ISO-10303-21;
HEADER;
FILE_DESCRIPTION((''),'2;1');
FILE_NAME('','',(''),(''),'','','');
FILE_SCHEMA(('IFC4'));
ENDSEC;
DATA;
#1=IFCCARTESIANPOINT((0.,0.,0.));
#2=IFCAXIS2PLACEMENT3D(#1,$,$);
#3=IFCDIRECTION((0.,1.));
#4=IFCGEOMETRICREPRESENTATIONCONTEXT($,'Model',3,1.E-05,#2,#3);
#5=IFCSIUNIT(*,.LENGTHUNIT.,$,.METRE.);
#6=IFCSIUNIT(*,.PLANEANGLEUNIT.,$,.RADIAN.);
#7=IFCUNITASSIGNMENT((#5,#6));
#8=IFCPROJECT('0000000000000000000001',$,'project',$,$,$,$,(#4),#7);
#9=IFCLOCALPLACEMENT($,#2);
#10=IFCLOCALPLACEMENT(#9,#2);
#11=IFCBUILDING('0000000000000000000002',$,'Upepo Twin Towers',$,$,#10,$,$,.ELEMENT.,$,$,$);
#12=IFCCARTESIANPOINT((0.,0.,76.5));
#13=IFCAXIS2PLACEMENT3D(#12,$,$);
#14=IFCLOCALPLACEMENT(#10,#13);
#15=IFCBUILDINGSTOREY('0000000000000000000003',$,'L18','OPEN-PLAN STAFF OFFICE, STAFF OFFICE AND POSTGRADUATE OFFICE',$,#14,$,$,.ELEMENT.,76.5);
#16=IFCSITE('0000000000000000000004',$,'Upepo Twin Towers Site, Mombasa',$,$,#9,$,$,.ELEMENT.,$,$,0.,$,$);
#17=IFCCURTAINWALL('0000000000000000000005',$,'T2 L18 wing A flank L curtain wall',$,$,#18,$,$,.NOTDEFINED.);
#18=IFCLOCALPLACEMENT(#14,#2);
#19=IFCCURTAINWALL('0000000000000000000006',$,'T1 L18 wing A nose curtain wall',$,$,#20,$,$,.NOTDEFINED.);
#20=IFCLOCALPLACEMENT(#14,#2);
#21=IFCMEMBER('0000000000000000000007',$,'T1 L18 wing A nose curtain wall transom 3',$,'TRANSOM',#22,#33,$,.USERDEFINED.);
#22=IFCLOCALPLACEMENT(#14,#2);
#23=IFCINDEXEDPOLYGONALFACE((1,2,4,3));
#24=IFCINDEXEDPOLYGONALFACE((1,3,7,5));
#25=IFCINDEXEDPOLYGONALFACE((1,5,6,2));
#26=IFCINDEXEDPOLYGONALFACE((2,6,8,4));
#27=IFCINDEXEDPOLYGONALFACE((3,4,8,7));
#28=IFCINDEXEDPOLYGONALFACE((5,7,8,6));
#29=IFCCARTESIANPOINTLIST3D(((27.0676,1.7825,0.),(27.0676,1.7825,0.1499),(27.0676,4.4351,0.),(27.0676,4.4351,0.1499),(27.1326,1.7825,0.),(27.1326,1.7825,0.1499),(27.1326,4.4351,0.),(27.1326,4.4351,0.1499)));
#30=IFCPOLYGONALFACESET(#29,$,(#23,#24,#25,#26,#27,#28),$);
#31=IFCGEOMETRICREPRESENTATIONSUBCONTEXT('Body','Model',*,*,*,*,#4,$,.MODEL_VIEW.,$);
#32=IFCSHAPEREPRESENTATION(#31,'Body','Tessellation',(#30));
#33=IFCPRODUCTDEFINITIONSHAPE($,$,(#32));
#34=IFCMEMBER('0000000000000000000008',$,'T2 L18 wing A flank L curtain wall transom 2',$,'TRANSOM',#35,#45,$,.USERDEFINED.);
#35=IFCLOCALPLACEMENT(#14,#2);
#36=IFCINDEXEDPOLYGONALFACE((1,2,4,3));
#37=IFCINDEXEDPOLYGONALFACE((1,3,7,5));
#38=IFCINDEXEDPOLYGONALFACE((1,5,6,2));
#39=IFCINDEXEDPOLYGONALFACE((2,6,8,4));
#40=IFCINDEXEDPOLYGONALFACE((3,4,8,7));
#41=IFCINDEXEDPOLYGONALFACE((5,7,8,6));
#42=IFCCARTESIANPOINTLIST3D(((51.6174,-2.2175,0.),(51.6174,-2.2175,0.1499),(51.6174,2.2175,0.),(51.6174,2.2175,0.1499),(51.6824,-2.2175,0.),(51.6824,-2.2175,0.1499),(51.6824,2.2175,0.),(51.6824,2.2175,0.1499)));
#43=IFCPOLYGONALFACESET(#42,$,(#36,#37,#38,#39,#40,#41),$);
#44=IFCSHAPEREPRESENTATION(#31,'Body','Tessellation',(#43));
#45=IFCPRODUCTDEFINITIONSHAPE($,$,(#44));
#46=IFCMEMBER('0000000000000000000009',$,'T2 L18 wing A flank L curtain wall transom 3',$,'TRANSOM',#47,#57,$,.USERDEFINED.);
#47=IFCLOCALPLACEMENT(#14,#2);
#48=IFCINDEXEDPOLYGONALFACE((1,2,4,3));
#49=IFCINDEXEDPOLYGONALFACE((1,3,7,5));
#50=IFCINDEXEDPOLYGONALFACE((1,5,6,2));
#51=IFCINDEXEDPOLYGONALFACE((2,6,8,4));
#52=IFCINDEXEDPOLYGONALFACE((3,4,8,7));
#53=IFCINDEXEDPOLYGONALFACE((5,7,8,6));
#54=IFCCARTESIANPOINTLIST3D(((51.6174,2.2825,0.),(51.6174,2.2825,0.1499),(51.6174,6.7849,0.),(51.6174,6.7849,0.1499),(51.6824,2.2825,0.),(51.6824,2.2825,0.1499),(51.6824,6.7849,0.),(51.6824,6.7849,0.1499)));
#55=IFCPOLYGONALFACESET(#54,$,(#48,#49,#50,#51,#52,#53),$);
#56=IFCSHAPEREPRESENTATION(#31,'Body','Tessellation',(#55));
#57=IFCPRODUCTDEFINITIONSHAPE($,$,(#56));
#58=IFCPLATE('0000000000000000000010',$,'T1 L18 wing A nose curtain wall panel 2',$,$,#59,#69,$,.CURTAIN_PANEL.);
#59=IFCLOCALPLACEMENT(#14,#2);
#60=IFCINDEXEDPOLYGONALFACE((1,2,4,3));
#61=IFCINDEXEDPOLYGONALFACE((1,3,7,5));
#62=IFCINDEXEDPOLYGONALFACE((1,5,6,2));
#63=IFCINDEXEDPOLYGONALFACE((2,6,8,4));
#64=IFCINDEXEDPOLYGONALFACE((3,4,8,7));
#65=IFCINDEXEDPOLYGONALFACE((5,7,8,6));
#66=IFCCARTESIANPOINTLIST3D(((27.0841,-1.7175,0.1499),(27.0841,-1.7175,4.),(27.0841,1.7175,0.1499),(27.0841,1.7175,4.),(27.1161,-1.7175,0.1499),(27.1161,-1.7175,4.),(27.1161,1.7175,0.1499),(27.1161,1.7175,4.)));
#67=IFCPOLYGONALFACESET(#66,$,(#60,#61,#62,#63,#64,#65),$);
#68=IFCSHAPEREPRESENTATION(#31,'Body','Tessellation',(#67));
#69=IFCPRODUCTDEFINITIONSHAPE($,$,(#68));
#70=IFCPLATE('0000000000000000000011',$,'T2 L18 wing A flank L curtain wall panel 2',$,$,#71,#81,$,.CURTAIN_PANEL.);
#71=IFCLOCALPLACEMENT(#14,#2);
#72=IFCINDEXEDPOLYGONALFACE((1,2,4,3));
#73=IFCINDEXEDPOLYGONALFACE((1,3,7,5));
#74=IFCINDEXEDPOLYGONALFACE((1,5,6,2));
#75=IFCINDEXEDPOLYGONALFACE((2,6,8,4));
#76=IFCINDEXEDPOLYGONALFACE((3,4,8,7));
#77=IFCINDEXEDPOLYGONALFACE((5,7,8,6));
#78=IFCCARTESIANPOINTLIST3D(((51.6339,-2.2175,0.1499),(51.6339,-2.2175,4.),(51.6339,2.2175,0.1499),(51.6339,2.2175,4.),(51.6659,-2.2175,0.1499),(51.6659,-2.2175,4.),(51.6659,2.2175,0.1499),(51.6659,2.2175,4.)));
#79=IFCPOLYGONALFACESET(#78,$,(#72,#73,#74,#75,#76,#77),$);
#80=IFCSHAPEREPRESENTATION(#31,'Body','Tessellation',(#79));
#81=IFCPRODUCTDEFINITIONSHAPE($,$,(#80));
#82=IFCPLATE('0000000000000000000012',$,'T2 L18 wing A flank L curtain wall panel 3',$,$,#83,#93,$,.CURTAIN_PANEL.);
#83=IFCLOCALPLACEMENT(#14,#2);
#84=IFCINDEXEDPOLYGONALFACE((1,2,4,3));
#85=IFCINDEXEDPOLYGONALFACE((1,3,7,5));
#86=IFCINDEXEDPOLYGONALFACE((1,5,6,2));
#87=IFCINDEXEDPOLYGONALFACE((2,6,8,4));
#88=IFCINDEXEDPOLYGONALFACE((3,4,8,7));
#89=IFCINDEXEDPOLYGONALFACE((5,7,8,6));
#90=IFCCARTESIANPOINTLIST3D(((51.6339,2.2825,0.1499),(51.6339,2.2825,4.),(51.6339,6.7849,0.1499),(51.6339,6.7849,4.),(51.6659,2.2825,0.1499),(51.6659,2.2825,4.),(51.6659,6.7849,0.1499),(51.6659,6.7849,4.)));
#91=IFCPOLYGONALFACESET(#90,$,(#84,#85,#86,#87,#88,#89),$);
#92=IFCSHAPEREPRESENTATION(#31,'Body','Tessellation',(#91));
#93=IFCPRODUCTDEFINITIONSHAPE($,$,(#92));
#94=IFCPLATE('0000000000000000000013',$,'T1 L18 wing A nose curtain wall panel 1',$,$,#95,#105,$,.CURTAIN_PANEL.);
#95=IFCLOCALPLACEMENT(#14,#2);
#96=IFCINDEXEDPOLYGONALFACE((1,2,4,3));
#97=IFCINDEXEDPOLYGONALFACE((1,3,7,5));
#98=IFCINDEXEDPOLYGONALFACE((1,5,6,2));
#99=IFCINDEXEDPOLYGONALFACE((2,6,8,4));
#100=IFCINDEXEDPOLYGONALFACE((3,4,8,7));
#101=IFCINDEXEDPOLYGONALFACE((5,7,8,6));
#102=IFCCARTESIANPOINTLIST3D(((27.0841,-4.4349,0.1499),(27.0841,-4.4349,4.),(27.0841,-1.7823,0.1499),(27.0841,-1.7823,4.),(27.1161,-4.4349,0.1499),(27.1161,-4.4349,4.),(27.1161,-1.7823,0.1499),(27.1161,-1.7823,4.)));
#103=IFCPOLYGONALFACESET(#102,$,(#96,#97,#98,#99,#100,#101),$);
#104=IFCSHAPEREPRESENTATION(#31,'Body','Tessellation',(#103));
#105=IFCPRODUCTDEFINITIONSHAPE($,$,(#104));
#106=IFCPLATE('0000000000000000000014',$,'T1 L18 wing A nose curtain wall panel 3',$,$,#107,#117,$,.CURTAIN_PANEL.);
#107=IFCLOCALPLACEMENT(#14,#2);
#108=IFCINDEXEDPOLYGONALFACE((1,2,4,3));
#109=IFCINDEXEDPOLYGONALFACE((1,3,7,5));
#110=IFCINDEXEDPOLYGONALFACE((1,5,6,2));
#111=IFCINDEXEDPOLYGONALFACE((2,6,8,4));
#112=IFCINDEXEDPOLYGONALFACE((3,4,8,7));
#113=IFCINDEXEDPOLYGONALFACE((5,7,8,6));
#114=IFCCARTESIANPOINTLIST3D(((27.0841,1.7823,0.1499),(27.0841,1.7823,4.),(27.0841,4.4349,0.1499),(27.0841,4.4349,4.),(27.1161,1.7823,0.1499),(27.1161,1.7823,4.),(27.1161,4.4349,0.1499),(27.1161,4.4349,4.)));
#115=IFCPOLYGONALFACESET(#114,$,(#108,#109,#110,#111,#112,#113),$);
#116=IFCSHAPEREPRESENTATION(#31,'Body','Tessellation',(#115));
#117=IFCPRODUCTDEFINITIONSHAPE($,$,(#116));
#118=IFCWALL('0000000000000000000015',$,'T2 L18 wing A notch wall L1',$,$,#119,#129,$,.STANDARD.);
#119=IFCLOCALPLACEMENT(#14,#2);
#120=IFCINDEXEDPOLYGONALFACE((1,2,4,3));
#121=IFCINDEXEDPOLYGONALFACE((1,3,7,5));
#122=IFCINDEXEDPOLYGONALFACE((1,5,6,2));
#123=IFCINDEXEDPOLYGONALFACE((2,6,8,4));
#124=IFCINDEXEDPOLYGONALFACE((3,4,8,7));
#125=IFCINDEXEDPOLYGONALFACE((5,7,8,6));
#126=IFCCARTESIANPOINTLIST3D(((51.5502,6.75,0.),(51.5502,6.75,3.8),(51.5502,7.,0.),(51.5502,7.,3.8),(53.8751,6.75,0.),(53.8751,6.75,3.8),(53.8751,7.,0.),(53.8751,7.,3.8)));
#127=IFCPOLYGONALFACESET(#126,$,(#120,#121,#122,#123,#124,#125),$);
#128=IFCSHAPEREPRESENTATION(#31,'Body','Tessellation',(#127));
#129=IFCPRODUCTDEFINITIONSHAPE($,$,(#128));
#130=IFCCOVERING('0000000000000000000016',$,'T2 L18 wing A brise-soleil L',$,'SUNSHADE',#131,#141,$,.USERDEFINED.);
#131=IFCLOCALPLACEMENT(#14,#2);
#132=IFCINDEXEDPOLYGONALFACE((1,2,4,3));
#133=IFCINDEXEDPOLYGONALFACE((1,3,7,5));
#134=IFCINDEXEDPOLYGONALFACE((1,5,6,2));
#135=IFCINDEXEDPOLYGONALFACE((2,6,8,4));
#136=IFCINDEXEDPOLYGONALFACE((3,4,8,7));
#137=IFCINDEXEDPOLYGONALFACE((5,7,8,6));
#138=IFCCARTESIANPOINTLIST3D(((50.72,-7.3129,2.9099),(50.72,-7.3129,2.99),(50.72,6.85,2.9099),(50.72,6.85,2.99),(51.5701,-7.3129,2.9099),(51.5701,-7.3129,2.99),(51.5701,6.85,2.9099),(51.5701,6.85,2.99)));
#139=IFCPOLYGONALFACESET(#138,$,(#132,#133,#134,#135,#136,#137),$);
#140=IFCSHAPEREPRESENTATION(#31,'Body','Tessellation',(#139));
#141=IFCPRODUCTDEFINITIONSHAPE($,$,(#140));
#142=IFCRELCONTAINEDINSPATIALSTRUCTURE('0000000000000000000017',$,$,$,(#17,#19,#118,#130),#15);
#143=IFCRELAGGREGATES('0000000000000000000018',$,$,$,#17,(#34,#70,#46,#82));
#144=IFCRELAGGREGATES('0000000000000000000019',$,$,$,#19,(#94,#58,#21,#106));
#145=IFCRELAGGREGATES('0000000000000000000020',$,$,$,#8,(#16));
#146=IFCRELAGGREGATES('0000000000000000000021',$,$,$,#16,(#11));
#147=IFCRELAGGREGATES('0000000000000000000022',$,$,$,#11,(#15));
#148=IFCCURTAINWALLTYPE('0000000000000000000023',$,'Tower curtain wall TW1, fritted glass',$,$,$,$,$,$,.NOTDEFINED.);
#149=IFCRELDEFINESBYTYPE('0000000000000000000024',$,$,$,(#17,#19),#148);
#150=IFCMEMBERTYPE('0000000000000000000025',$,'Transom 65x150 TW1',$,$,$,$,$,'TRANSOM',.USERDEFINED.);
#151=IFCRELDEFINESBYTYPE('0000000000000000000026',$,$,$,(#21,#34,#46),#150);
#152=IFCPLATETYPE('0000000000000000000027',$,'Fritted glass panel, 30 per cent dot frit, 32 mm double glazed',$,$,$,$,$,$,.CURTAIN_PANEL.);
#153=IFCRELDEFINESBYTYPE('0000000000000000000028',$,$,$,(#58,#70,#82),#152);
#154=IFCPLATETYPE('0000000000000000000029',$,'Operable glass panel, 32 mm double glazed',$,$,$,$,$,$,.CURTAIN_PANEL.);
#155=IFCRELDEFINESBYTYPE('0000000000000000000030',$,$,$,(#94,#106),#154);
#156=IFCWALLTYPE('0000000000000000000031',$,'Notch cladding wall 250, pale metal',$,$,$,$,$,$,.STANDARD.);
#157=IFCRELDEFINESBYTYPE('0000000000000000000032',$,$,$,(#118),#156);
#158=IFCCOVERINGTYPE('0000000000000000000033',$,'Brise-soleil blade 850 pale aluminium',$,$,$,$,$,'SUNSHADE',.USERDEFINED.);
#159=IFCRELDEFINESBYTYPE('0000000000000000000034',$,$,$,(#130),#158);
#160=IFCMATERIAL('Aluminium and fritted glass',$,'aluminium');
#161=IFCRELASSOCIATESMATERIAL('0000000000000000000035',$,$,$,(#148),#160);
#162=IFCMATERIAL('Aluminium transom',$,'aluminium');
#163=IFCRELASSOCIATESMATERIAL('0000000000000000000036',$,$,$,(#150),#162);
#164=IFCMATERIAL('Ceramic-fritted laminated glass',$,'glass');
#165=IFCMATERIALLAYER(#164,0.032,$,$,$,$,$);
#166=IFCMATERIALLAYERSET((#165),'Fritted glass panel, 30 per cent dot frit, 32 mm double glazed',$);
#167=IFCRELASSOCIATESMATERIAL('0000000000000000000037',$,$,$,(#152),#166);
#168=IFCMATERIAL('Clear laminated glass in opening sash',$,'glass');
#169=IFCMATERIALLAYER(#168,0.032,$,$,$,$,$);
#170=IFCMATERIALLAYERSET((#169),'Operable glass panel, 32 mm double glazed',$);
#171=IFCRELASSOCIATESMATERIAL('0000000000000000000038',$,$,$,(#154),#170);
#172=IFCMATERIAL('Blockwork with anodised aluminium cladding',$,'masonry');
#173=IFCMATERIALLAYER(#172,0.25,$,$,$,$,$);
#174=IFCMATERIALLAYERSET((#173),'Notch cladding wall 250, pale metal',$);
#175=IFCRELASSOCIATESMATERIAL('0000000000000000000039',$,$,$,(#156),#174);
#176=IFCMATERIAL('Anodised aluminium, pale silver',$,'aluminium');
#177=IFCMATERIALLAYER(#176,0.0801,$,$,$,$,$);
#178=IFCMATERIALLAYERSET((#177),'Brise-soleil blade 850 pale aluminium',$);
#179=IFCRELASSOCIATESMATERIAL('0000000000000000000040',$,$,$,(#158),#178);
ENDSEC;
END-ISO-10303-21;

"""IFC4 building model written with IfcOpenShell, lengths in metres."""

from ifc_helpers import new_model, si_unit, direction, frame, frame_2d, origin, origin_2d, place, context, subcontext, project, spatial, rectangle, extrude, material, layer, layer_set, material_profile, profile_set, type_object, element, aggregate, save


model = new_model("IFC4")

# Units and contexts
model_context = context("Model", 3, precision=1e-05, world=origin(), true_north=direction((0.0, 1.0)))
body_context = subcontext(model_context, "Body", "Model", "MODEL_VIEW")
ifc_project = project(units=[si_unit("LENGTHUNIT", "METRE"), si_unit("PLANEANGLEUNIT", "RADIAN")], contexts=[model_context])

# Site, building, storey
site_placement = place(None, origin())
site = spatial("IfcSite", under=ifc_project, at=site_placement, Name="Upepo Twin Towers Site, Mombasa", CompositionType="ELEMENT", RefElevation=0.0)
building_placement = place(site_placement, origin())
building = spatial("IfcBuilding", under=site, at=building_placement, Name="Upepo Twin Towers", CompositionType="ELEMENT")
storey_placement = place(building_placement, frame((0.0, 0.0, 76.5)))
storey = spatial("IfcBuildingStorey", under=building, at=storey_placement, Name="L18", Description="OPEN-PLAN STAFF OFFICE, STAFF OFFICE AND POSTGRADUATE OFFICE", CompositionType="ELEMENT", Elevation=76.5)

# Curtain walls, member
ifc_material_1 = material(Name="Aluminium and fritted glass", Category="aluminium")
curtain_wall_type = type_object("IfcCurtainWallType", Name="Tower curtain wall TW1, fritted glass", PredefinedType="NOTDEFINED", material=ifc_material_1)
curtain_wall_1_placement = place(storey_placement, origin())
curtain_wall_1 = element("IfcCurtainWall", 1, at=curtain_wall_1_placement, inside=storey, type_object=curtain_wall_type, Name="T2 L18 wing A flank L curtain wall", PredefinedType="NOTDEFINED")
curtain_wall_2_placement = place(storey_placement, origin())
curtain_wall_2 = element("IfcCurtainWall", 2, at=curtain_wall_2_placement, inside=storey, type_object=curtain_wall_type, Name="T1 L18 wing A nose curtain wall", PredefinedType="NOTDEFINED")
ifc_material_2 = material(Name="Aluminium transom", Category="aluminium")
ifc_material_profile_1 = material_profile(ifc_material_2, rectangle(XDim=0.0649, YDim=0.1499, at=origin_2d()), Name="TRANSOM 65x150")
ifc_profile_set_1 = profile_set([ifc_material_profile_1], Name="Aluminium transom")
member_type_1 = type_object("IfcMemberType", Name="Transom 65x150 TW1", ElementType="TRANSOM", PredefinedType="USERDEFINED", material=ifc_profile_set_1)
member_1_placement = place(storey_placement, frame((27.1001, 1.7825, 0.075), z_axis=(0.0, 1.0, 0.0), x_axis=(-1.0, 0.0, 0.0)))
member_1 = element("IfcMember", 3, at=member_1_placement, type_object=member_type_1, Name="T1 L18 wing A nose curtain wall transom 3", ObjectType="TRANSOM", PredefinedType="USERDEFINED", context=body_context, shape_type="SweptSolid", body=[
    extrude(rectangle(XDim=0.0649, YDim=0.1499, at=origin_2d()), origin(), (0.0, 0.0, 1.0), 2.6526),
])

# Members
member_2_placement = place(storey_placement, frame((51.6499, -2.2175, 0.075), z_axis=(0.0, 1.0, 0.0), x_axis=(-1.0, 0.0, 0.0)))
member_2 = element("IfcMember", 4, at=member_2_placement, type_object=member_type_1, Name="T2 L18 wing A flank L curtain wall transom 2", ObjectType="TRANSOM", PredefinedType="USERDEFINED", context=body_context, shape_type="SweptSolid", body=[
    extrude(rectangle(XDim=0.0649, YDim=0.1499, at=origin_2d()), origin(), (0.0, 0.0, 1.0), 4.4351),
])
member_3_placement = place(storey_placement, frame((51.6499, 2.2825, 0.075), z_axis=(0.0, 1.0, 0.0), x_axis=(-1.0, 0.0, 0.0)))
member_3 = element("IfcMember", 5, at=member_3_placement, type_object=member_type_1, Name="T2 L18 wing A flank L curtain wall transom 3", ObjectType="TRANSOM", PredefinedType="USERDEFINED", context=body_context, shape_type="SweptSolid", body=[
    extrude(rectangle(XDim=0.0649, YDim=0.1499, at=origin_2d()), origin(), (0.0, 0.0, 1.0), 4.5024),
])

# Plates
ifc_material_3 = material(Name="Ceramic-fritted laminated glass", Category="glass")
ifc_layer_1 = layer(ifc_material_3, 0.032)
ifc_layer_set_1 = layer_set([ifc_layer_1], Name="Fritted glass panel, 30 per cent dot frit, 32 mm double glazed")
plate_type_1 = type_object("IfcPlateType", Name="Fritted glass panel, 30 per cent dot frit, 32 mm double glazed", PredefinedType="CURTAIN_PANEL", material=ifc_layer_set_1)
plate_1_placement = place(storey_placement, frame((27.1001, 0.0, 0.1499), z_axis=(0.0, 0.0, 1.0), x_axis=(0.0, 1.0, 0.0)))
plate_1 = element("IfcPlate", 6, at=plate_1_placement, type_object=plate_type_1, Name="T1 L18 wing A nose curtain wall panel 2", PredefinedType="CURTAIN_PANEL", context=body_context, shape_type="SweptSolid", body=[
    extrude(rectangle(XDim=3.4351, YDim=0.032, at=origin_2d()), origin(), (0.0, 0.0, 1.0), 3.8501),
])
plate_2_placement = place(storey_placement, frame((51.6499, 0.0, 0.1499), z_axis=(0.0, 0.0, 1.0), x_axis=(0.0, 1.0, 0.0)))
plate_2 = element("IfcPlate", 7, at=plate_2_placement, type_object=plate_type_1, Name="T2 L18 wing A flank L curtain wall panel 2", PredefinedType="CURTAIN_PANEL", context=body_context, shape_type="SweptSolid", body=[
    extrude(rectangle(XDim=4.4351, YDim=0.032, at=origin_2d()), origin(), (0.0, 0.0, 1.0), 3.8501),
])
plate_3_placement = place(storey_placement, frame((51.6499, 4.5337, 0.1499), z_axis=(0.0, 0.0, 1.0), x_axis=(0.0, 1.0, 0.0)))
plate_3 = element("IfcPlate", 8, at=plate_3_placement, type_object=plate_type_1, Name="T2 L18 wing A flank L curtain wall panel 3", PredefinedType="CURTAIN_PANEL", context=body_context, shape_type="SweptSolid", body=[
    extrude(rectangle(XDim=4.5024, YDim=0.032, at=origin_2d()), origin(), (0.0, 0.0, 1.0), 3.8501),
])
aggregate(curtain_wall_1, [member_2, plate_2, member_3, plate_3])
ifc_material_4 = material(Name="Clear laminated glass in opening sash", Category="glass")
ifc_layer_2 = layer(ifc_material_4, 0.032)
ifc_layer_set_2 = layer_set([ifc_layer_2], Name="Operable glass panel, 32 mm double glazed")
plate_type_2 = type_object("IfcPlateType", Name="Operable glass panel, 32 mm double glazed", PredefinedType="CURTAIN_PANEL", material=ifc_layer_set_2)
plate_4_placement = place(storey_placement, frame((27.1001, -3.1086, 0.1499), z_axis=(0.0, 0.0, 1.0), x_axis=(0.0, 1.0, 0.0)))
plate_4 = element("IfcPlate", 9, at=plate_4_placement, type_object=plate_type_2, Name="T1 L18 wing A nose curtain wall panel 1", PredefinedType="CURTAIN_PANEL", context=body_context, shape_type="SweptSolid", body=[
    extrude(rectangle(XDim=2.6526, YDim=0.032, at=origin_2d()), origin(), (0.0, 0.0, 1.0), 3.8501),
])
plate_5_placement = place(storey_placement, frame((27.1001, 3.1086, 0.1499), z_axis=(0.0, 0.0, 1.0), x_axis=(0.0, 1.0, 0.0)))
plate_5 = element("IfcPlate", 10, at=plate_5_placement, type_object=plate_type_2, Name="T1 L18 wing A nose curtain wall panel 3", PredefinedType="CURTAIN_PANEL", context=body_context, shape_type="SweptSolid", body=[
    extrude(rectangle(XDim=2.6526, YDim=0.032, at=origin_2d()), origin(), (0.0, 0.0, 1.0), 3.8501),
])
aggregate(curtain_wall_2, [plate_4, plate_1, member_1, plate_5])

# Wall
ifc_material_5 = material(Name="Blockwork with anodised aluminium cladding", Category="masonry")
ifc_layer_3 = layer(ifc_material_5, 0.25)
ifc_layer_set_3 = layer_set([ifc_layer_3], Name="Notch cladding wall 250, pale metal")
wall_type = type_object("IfcWallType", Name="Notch cladding wall 250, pale metal", PredefinedType="STANDARD", material=ifc_layer_set_3)
wall_placement = place(storey_placement, frame((51.55, 6.875, 0.0), z_axis=(0.0, 0.0, 1.0), x_axis=(1.0, 0.0, 0.0)))
element("IfcWall", 11, at=wall_placement, inside=storey, type_object=wall_type, Name="T2 L18 wing A notch wall L1", PredefinedType="STANDARD", context=body_context, shape_type="SweptSolid", body=[
    extrude(rectangle(XDim=2.325, YDim=0.25, at=frame_2d((1.1626, 0.0))), origin(), (0.0, 0.0, 1.0), 3.8),
])

# Covering
ifc_material_6 = material(Name="Anodised aluminium, pale silver", Category="aluminium")
ifc_layer_4 = layer(ifc_material_6, 0.0801)
ifc_layer_set_4 = layer_set([ifc_layer_4], Name="Brise-soleil blade 850 pale aluminium")
covering_type = type_object("IfcCoveringType", Name="Brise-soleil blade 850 pale aluminium", ElementType="SUNSHADE", PredefinedType="USERDEFINED", material=ifc_layer_set_4)
covering_placement = place(storey_placement, frame((51.145, -0.2314, 2.9099), z_axis=(0.0, 0.0, 1.0), x_axis=(0.0, 1.0, 0.0)))
element("IfcCovering", 12, at=covering_placement, inside=storey, type_object=covering_type, Name="T2 L18 wing A brise-soleil L", ObjectType="SUNSHADE", PredefinedType="USERDEFINED", context=body_context, shape_type="SweptSolid", body=[
    extrude(rectangle(XDim=14.1628, YDim=0.8501, at=origin_2d()), origin(), (0.0, 0.0, 1.0), 0.0801),
])

save(model, "model.ifc")
